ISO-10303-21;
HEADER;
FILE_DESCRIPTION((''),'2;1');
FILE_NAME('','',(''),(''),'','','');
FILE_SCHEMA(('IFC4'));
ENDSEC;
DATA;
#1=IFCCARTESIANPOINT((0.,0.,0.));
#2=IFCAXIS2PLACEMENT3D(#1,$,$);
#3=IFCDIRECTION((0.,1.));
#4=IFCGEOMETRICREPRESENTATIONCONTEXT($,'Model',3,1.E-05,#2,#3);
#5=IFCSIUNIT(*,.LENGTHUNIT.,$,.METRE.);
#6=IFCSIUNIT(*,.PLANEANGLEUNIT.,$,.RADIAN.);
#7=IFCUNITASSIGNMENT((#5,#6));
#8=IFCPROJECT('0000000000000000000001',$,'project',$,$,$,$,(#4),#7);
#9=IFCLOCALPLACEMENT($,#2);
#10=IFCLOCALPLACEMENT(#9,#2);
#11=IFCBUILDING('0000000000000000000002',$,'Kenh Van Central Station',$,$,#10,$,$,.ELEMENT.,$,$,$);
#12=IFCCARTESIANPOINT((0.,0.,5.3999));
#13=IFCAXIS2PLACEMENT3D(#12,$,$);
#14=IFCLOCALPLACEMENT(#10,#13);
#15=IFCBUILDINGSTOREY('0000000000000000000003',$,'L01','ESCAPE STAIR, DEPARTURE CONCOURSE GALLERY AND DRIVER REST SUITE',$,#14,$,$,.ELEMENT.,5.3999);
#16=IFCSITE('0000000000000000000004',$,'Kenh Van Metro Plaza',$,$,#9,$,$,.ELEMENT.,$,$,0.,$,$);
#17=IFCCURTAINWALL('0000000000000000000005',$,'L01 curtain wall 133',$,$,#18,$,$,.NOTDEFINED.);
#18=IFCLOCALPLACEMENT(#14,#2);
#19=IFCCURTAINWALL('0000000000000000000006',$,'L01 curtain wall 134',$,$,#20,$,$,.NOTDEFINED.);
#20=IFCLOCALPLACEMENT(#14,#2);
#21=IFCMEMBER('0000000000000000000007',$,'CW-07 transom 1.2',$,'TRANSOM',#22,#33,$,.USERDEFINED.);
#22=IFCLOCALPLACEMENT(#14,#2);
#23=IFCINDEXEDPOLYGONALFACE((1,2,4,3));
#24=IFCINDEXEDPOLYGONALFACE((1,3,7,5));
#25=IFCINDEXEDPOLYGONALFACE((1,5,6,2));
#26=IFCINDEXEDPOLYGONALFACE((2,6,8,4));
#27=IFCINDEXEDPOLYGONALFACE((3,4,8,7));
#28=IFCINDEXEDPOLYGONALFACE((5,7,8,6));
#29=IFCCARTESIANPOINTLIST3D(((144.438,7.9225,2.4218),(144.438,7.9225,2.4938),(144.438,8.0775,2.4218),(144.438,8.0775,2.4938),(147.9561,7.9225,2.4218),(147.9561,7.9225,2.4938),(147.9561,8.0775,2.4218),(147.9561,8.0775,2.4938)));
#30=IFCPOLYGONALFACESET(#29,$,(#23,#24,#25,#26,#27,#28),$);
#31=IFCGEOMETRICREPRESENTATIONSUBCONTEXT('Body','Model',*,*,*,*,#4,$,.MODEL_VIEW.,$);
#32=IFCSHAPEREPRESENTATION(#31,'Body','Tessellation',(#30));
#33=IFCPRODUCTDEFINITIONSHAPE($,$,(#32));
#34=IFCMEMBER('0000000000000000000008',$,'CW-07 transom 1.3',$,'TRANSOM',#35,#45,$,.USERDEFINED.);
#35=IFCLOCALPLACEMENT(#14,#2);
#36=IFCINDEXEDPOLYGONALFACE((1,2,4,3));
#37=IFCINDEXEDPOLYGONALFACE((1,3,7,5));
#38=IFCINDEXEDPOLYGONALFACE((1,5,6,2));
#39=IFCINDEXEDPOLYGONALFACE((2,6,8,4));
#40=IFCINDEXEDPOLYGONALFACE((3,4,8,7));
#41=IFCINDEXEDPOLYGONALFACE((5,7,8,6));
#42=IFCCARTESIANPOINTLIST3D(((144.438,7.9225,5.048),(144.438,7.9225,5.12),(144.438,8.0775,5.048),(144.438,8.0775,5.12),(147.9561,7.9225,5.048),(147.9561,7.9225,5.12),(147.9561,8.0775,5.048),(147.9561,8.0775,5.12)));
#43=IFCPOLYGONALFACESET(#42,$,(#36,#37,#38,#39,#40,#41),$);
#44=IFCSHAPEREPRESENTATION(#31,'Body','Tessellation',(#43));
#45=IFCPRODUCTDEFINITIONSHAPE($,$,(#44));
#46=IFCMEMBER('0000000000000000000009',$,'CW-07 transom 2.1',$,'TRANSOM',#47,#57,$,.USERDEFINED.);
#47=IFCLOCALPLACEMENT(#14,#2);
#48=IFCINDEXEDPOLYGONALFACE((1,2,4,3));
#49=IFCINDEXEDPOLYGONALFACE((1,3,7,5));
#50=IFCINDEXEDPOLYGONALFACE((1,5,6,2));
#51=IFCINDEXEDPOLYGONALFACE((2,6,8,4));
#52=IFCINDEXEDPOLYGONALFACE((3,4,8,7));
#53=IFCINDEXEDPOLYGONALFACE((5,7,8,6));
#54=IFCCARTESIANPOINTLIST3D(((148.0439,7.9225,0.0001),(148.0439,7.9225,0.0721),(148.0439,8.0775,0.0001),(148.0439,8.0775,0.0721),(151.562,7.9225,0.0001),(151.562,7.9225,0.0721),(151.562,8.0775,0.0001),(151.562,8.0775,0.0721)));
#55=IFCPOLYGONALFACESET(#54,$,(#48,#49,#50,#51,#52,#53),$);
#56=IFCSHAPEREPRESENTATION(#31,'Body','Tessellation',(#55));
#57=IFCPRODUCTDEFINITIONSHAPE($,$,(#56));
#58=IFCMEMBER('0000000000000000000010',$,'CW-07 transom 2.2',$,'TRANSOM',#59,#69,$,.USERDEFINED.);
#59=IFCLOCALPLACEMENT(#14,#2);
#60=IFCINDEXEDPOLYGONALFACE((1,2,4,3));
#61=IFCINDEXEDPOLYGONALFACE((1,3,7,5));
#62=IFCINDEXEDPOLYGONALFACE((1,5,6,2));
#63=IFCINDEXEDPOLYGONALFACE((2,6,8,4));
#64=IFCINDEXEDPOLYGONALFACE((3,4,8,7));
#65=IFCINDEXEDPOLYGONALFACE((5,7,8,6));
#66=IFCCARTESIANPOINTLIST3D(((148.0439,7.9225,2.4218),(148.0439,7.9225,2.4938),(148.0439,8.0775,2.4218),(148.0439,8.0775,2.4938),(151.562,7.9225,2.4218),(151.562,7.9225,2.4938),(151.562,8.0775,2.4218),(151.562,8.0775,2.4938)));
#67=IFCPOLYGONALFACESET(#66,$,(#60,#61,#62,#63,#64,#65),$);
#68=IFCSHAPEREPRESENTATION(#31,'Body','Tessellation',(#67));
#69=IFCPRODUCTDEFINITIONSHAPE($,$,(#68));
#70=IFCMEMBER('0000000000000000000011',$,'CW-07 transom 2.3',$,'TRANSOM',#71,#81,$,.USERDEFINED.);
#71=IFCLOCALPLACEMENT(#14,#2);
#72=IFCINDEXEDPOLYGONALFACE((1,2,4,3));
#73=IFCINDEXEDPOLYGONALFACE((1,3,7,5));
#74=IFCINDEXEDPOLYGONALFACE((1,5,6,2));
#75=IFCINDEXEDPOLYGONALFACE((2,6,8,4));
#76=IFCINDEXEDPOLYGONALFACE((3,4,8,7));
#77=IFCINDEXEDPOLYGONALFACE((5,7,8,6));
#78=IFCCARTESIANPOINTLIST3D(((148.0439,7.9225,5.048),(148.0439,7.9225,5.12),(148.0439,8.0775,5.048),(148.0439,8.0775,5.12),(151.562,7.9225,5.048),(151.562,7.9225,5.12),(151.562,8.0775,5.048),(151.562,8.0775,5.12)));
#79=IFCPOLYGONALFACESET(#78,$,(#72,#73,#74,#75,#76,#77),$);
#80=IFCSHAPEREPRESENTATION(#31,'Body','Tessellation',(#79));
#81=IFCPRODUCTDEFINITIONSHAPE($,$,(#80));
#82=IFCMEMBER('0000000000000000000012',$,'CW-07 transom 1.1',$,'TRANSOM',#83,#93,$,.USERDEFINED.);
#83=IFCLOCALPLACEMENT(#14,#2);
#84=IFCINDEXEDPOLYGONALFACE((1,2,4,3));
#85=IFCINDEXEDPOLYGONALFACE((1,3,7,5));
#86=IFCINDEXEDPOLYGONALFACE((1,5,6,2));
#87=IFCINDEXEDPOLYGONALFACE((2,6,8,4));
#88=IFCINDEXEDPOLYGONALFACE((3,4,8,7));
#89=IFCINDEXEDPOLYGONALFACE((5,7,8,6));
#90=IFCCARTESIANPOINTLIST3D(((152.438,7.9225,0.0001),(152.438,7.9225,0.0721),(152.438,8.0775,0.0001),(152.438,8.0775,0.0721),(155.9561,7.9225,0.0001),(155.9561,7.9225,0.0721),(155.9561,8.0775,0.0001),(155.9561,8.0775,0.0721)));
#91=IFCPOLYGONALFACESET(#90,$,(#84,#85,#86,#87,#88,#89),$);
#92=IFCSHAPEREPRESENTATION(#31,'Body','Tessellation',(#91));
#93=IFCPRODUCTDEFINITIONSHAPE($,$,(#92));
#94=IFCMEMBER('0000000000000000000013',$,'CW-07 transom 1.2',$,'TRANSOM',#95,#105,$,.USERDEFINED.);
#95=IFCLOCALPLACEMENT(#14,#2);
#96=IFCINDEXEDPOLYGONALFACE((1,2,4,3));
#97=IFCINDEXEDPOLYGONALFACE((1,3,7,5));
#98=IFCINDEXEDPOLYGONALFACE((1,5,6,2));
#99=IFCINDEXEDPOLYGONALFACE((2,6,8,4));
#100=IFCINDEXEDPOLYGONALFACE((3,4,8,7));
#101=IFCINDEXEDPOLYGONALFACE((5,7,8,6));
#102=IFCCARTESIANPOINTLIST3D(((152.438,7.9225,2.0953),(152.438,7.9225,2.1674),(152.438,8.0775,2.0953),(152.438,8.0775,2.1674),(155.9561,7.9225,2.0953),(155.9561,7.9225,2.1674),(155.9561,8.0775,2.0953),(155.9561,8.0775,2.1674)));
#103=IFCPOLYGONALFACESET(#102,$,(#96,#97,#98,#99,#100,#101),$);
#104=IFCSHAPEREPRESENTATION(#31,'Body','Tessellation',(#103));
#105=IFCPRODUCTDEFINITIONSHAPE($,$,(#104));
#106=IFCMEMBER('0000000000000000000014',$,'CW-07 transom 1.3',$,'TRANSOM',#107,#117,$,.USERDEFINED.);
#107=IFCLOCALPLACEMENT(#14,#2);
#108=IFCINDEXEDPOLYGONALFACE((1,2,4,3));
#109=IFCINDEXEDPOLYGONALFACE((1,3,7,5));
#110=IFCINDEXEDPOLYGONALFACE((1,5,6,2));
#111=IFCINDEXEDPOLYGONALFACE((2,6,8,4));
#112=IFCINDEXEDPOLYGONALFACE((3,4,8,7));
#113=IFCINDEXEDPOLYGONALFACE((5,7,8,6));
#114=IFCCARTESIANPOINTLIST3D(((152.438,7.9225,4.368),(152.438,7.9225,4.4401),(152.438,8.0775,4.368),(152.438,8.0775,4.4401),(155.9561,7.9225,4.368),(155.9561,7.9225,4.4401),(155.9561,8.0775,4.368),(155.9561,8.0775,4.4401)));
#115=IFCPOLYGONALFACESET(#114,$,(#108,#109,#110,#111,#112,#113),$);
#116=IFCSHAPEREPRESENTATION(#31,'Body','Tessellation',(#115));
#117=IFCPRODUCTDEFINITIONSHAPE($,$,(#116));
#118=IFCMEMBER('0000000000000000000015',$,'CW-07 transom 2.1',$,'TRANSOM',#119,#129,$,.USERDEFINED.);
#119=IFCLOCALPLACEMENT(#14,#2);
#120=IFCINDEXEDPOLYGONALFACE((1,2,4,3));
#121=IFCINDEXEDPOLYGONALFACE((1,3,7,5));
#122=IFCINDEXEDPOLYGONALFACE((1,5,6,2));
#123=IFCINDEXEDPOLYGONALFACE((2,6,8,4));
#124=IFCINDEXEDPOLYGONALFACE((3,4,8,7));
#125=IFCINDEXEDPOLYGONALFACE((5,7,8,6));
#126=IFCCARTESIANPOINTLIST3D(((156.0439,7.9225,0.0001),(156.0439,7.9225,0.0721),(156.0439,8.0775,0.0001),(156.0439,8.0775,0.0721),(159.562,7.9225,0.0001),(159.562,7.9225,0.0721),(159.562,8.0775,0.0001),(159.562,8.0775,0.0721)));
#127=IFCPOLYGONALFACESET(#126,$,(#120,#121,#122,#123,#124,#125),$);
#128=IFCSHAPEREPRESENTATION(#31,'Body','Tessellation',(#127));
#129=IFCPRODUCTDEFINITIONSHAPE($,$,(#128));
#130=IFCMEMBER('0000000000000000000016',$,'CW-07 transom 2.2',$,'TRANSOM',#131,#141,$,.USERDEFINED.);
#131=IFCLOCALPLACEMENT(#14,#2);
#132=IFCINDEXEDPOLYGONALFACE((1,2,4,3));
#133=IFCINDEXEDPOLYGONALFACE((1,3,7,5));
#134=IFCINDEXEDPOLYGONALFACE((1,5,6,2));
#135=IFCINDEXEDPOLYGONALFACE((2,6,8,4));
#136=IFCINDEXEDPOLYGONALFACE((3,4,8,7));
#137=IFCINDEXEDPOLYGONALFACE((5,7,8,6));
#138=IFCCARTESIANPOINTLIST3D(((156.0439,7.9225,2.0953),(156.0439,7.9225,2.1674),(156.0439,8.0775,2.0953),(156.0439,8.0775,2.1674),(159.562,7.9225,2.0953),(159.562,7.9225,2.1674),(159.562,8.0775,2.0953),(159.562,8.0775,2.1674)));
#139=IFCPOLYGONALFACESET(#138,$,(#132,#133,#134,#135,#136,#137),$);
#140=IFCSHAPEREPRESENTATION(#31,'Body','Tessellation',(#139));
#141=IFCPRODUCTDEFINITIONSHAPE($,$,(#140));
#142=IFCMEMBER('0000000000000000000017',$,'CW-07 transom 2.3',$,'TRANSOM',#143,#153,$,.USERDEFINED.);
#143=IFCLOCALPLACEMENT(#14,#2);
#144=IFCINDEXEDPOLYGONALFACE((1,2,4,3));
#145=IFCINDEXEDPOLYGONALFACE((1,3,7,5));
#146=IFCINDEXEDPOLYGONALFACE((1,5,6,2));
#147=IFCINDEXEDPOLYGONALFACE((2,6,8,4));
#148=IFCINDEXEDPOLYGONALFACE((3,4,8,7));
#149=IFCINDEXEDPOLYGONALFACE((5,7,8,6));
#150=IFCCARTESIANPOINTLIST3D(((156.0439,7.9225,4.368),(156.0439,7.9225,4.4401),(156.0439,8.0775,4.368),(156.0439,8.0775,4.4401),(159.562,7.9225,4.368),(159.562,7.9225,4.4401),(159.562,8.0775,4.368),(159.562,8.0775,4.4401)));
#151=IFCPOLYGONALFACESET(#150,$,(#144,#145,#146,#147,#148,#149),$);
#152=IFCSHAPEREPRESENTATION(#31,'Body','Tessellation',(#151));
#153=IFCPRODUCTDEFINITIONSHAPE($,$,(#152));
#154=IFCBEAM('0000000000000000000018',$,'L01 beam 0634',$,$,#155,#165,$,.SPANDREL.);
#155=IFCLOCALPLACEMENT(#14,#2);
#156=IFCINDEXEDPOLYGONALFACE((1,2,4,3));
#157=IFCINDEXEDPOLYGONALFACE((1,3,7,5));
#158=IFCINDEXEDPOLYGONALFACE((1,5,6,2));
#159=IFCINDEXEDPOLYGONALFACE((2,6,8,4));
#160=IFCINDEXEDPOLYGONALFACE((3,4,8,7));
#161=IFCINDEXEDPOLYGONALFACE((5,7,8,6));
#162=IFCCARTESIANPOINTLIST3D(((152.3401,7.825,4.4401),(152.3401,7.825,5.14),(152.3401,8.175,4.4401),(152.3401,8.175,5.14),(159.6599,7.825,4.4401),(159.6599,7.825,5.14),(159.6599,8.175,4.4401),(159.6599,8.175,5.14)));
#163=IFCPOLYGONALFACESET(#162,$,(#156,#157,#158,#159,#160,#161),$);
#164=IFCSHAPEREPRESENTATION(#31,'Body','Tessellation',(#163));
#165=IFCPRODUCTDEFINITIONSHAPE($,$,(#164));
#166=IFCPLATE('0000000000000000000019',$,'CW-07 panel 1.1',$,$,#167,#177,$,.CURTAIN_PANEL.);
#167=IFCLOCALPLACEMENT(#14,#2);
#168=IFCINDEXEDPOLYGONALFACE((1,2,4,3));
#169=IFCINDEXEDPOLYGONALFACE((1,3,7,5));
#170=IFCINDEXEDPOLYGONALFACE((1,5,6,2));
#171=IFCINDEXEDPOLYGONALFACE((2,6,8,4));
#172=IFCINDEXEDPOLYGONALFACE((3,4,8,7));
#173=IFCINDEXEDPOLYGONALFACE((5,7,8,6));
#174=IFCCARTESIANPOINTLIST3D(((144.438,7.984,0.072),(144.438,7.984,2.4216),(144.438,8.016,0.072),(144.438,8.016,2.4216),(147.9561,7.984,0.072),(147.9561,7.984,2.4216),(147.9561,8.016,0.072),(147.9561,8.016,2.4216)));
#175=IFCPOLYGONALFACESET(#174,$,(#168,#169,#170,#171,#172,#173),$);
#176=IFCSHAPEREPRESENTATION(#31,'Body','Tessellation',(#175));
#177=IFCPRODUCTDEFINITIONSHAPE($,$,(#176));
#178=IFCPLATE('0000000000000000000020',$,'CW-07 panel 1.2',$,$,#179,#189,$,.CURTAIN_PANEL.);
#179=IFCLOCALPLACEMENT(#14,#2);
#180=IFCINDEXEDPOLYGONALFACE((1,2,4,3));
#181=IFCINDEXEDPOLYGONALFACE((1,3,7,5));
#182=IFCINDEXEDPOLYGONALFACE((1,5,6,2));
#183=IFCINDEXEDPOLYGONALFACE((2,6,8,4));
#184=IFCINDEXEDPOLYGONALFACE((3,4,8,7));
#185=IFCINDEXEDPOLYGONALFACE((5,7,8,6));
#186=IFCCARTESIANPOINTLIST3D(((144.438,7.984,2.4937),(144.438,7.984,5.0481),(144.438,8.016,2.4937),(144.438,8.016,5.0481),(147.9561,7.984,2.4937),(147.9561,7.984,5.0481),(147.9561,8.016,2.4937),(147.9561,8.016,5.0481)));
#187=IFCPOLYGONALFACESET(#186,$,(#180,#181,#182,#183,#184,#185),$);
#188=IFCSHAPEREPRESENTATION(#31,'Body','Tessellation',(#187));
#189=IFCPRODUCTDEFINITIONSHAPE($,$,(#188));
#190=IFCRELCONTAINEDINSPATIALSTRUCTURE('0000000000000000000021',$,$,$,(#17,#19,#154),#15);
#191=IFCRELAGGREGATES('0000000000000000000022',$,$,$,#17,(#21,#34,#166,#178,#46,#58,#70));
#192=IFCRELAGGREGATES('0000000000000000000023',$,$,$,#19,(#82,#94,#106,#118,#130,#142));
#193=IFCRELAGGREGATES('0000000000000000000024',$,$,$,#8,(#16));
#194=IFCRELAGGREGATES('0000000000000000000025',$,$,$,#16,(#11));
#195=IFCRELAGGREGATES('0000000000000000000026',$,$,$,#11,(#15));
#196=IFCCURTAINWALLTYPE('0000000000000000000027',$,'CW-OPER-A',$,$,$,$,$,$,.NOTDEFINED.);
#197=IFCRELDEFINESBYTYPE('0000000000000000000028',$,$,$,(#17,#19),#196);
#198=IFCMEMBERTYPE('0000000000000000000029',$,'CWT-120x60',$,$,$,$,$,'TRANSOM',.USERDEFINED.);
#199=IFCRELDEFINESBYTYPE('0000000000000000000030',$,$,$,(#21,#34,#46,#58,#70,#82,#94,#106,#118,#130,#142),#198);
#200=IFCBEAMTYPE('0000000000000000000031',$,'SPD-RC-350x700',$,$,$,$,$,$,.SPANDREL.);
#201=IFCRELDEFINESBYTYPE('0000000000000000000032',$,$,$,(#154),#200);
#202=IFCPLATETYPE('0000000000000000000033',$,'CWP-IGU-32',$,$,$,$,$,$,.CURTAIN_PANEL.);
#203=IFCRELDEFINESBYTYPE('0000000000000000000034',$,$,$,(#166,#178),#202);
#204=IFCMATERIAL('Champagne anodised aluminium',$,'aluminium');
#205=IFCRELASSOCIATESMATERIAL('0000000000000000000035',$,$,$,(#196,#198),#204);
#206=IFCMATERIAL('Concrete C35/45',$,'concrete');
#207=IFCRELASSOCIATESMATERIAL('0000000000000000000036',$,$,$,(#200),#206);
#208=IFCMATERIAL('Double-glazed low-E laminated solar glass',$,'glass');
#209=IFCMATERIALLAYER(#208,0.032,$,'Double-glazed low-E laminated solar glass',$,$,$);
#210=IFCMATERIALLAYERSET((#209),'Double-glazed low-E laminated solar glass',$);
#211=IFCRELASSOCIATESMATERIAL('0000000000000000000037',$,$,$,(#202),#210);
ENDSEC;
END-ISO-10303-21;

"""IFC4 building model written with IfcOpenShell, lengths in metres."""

from ifc_helpers import new_model, si_unit, direction, frame, origin, origin_2d, place, context, subcontext, project, spatial, rectangle, extrude, material, layer, layer_set, material_profile, profile_set, type_object, element, aggregate, save


model = new_model("IFC4")

# Units and contexts
model_context = context("Model", 3, precision=1e-05, world=origin(), true_north=direction((0.0, 1.0)))
body_context = subcontext(model_context, "Body", "Model", "MODEL_VIEW")
ifc_project = project(units=[si_unit("LENGTHUNIT", "METRE"), si_unit("PLANEANGLEUNIT", "RADIAN")], contexts=[model_context])

# Site, building, storey
site_placement = place(None, origin())
site = spatial("IfcSite", under=ifc_project, at=site_placement, Name="Kenh Van Metro Plaza", CompositionType="ELEMENT", RefElevation=0.0)
building_placement = place(site_placement, origin())
building = spatial("IfcBuilding", under=site, at=building_placement, Name="Kenh Van Central Station", CompositionType="ELEMENT")
storey_placement = place(building_placement, frame((0.0, 0.0, 5.3999)))
storey = spatial("IfcBuildingStorey", under=building, at=storey_placement, Name="L01", Description="ESCAPE STAIR, DEPARTURE CONCOURSE GALLERY AND DRIVER REST SUITE", CompositionType="ELEMENT", Elevation=5.3999)

# Shared definitions
ifc_material_1 = material(Name="Concrete C35/45", Category="concrete")

# Curtain walls
ifc_material_2 = material(Name="Champagne anodised aluminium", Category="aluminium")
curtain_wall_type = type_object("IfcCurtainWallType", Name="CW-OPER-A", PredefinedType="NOTDEFINED", material=ifc_material_2)
curtain_wall_1_placement = place(storey_placement, origin())
curtain_wall_1 = element("IfcCurtainWall", 1, at=curtain_wall_1_placement, inside=storey, type_object=curtain_wall_type, Name="L01 curtain wall 133", PredefinedType="NOTDEFINED")
curtain_wall_2_placement = place(storey_placement, origin())
curtain_wall_2 = element("IfcCurtainWall", 2, at=curtain_wall_2_placement, inside=storey, type_object=curtain_wall_type, Name="L01 curtain wall 134", PredefinedType="NOTDEFINED")

# Members
ifc_material_profile_1 = material_profile(ifc_material_2, rectangle(XDim=0.155, YDim=0.072, at=origin_2d()), Name="AL 155x72")
ifc_profile_set_1 = profile_set([ifc_material_profile_1], Name="Champagne anodised aluminium")
member_type_1 = type_object("IfcMemberType", Name="CWT-120x60", ElementType="TRANSOM", PredefinedType="USERDEFINED", material=ifc_profile_set_1)
member_1_placement = place(storey_placement, frame((144.438, 8.0, 2.4578), z_axis=(1.0, 0.0, 0.0), x_axis=(0.0, 1.0, 0.0)))
member_1 = element("IfcMember", 3, at=member_1_placement, type_object=member_type_1, Name="CW-07 transom 1.2", ObjectType="TRANSOM", PredefinedType="USERDEFINED", context=body_context, shape_type="SweptSolid", body=[
    extrude(rectangle(XDim=0.155, YDim=0.072, at=origin_2d()), origin(), (0.0, 0.0, 1.0), 3.5181),
])
member_2_placement = place(storey_placement, frame((144.438, 8.0, 5.084), z_axis=(1.0, 0.0, 0.0), x_axis=(0.0, 1.0, 0.0)))
member_2 = element("IfcMember", 4, at=member_2_placement, type_object=member_type_1, Name="CW-07 transom 1.3", ObjectType="TRANSOM", PredefinedType="USERDEFINED", context=body_context, shape_type="SweptSolid", body=[
    extrude(rectangle(XDim=0.155, YDim=0.072, at=origin_2d()), origin(), (0.0, 0.0, 1.0), 3.5181),
])
member_3_placement = place(storey_placement, frame((148.0439, 8.0, 0.0361), z_axis=(1.0, 0.0, 0.0), x_axis=(0.0, 1.0, 0.0)))
member_3 = element("IfcMember", 5, at=member_3_placement, type_object=member_type_1, Name="CW-07 transom 2.1", ObjectType="TRANSOM", PredefinedType="USERDEFINED", context=body_context, shape_type="SweptSolid", body=[
    extrude(rectangle(XDim=0.155, YDim=0.072, at=origin_2d()), origin(), (0.0, 0.0, 1.0), 3.5181),
])
member_4_placement = place(storey_placement, frame((148.0439, 8.0, 2.4578), z_axis=(1.0, 0.0, 0.0), x_axis=(0.0, 1.0, 0.0)))
member_4 = element("IfcMember", 6, at=member_4_placement, type_object=member_type_1, Name="CW-07 transom 2.2", ObjectType="TRANSOM", PredefinedType="USERDEFINED", context=body_context, shape_type="SweptSolid", body=[
    extrude(rectangle(XDim=0.155, YDim=0.072, at=origin_2d()), origin(), (0.0, 0.0, 1.0), 3.5181),
])
member_5_placement = place(storey_placement, frame((148.0439, 8.0, 5.084), z_axis=(1.0, 0.0, 0.0), x_axis=(0.0, 1.0, 0.0)))
member_5 = element("IfcMember", 7, at=member_5_placement, type_object=member_type_1, Name="CW-07 transom 2.3", ObjectType="TRANSOM", PredefinedType="USERDEFINED", context=body_context, shape_type="SweptSolid", body=[
    extrude(rectangle(XDim=0.155, YDim=0.072, at=origin_2d()), origin(), (0.0, 0.0, 1.0), 3.5181),
])
member_6_placement = place(storey_placement, frame((152.438, 8.0, 0.0361), z_axis=(1.0, 0.0, 0.0), x_axis=(0.0, 1.0, 0.0)))
member_6 = element("IfcMember", 8, at=member_6_placement, type_object=member_type_1, Name="CW-07 transom 1.1", ObjectType="TRANSOM", PredefinedType="USERDEFINED", context=body_context, shape_type="SweptSolid", body=[
    extrude(rectangle(XDim=0.155, YDim=0.072, at=origin_2d()), origin(), (0.0, 0.0, 1.0), 3.5181),
])
member_7_placement = place(storey_placement, frame((152.438, 8.0, 2.1313), z_axis=(1.0, 0.0, 0.0), x_axis=(0.0, 1.0, 0.0)))
member_7 = element("IfcMember", 9, at=member_7_placement, type_object=member_type_1, Name="CW-07 transom 1.2", ObjectType="TRANSOM", PredefinedType="USERDEFINED", context=body_context, shape_type="SweptSolid", body=[
    extrude(rectangle(XDim=0.155, YDim=0.072, at=origin_2d()), origin(), (0.0, 0.0, 1.0), 3.5181),
])
member_8_placement = place(storey_placement, frame((152.438, 8.0, 4.4041), z_axis=(1.0, 0.0, 0.0), x_axis=(0.0, 1.0, 0.0)))
member_8 = element("IfcMember", 10, at=member_8_placement, type_object=member_type_1, Name="CW-07 transom 1.3", ObjectType="TRANSOM", PredefinedType="USERDEFINED", context=body_context, shape_type="SweptSolid", body=[
    extrude(rectangle(XDim=0.155, YDim=0.072, at=origin_2d()), origin(), (0.0, 0.0, 1.0), 3.5181),
])
member_9_placement = place(storey_placement, frame((156.0439, 8.0, 0.0361), z_axis=(1.0, 0.0, 0.0), x_axis=(0.0, 1.0, 0.0)))
member_9 = element("IfcMember", 11, at=member_9_placement, type_object=member_type_1, Name="CW-07 transom 2.1", ObjectType="TRANSOM", PredefinedType="USERDEFINED", context=body_context, shape_type="SweptSolid", body=[
    extrude(rectangle(XDim=0.155, YDim=0.072, at=origin_2d()), origin(), (0.0, 0.0, 1.0), 3.5181),
])
member_10_placement = place(storey_placement, frame((156.0439, 8.0, 2.1313), z_axis=(1.0, 0.0, 0.0), x_axis=(0.0, 1.0, 0.0)))
member_10 = element("IfcMember", 12, at=member_10_placement, type_object=member_type_1, Name="CW-07 transom 2.2", ObjectType="TRANSOM", PredefinedType="USERDEFINED", context=body_context, shape_type="SweptSolid", body=[
    extrude(rectangle(XDim=0.155, YDim=0.072, at=origin_2d()), origin(), (0.0, 0.0, 1.0), 3.5181),
])
member_11_placement = place(storey_placement, frame((156.0439, 8.0, 4.4041), z_axis=(1.0, 0.0, 0.0), x_axis=(0.0, 1.0, 0.0)))
member_11 = element("IfcMember", 13, at=member_11_placement, type_object=member_type_1, Name="CW-07 transom 2.3", ObjectType="TRANSOM", PredefinedType="USERDEFINED", context=body_context, shape_type="SweptSolid", body=[
    extrude(rectangle(XDim=0.155, YDim=0.072, at=origin_2d()), origin(), (0.0, 0.0, 1.0), 3.5181),
])

# Beam
ifc_material_profile_2 = material_profile(ifc_material_1, rectangle(XDim=0.3501, YDim=0.7, at=origin_2d()), Name="RC 350x700")
ifc_profile_set_2 = profile_set([ifc_material_profile_2], Name="Concrete C35/45")
beam_type_1 = type_object("IfcBeamType", Name="SPD-RC-350x700", PredefinedType="SPANDREL", material=ifc_profile_set_2)
beam_1_placement = place(storey_placement, frame((152.3401, 8.0, 4.79), z_axis=(1.0, 0.0, 0.0), x_axis=(0.0, 1.0, 0.0)))
element("IfcBeam", 14, at=beam_1_placement, inside=storey, type_object=beam_type_1, Name="L01 beam 0634", PredefinedType="SPANDREL", context=body_context, shape_type="SweptSolid", body=[
    extrude(rectangle(XDim=0.3501, YDim=0.7, at=origin_2d()), origin(), (0.0, 0.0, 1.0), 7.3198),
])

# Plates
ifc_material_3 = material(Name="Double-glazed low-E laminated solar glass", Category="glass")
ifc_layer_1 = layer(ifc_material_3, 0.032, Name="Double-glazed low-E laminated solar glass")
ifc_layer_set_1 = layer_set([ifc_layer_1], Name="Double-glazed low-E laminated solar glass")
plate_type = type_object("IfcPlateType", Name="CWP-IGU-32", PredefinedType="CURTAIN_PANEL", material=ifc_layer_set_1)
plate_1_placement = place(storey_placement, frame((146.197, 8.0, 0.072), z_axis=(0.0, 0.0, 1.0), x_axis=(1.0, 0.0, 0.0)))
plate_1 = element("IfcPlate", 15, at=plate_1_placement, type_object=plate_type, Name="CW-07 panel 1.1", PredefinedType="CURTAIN_PANEL", context=body_context, shape_type="SweptSolid", body=[
    extrude(rectangle(XDim=3.5181, YDim=0.032, at=origin_2d()), origin(), (0.0, 0.0, 1.0), 2.3496),
])
plate_2_placement = place(storey_placement, frame((146.197, 8.0, 2.4937), z_axis=(0.0, 0.0, 1.0), x_axis=(1.0, 0.0, 0.0)))
plate_2 = element("IfcPlate", 16, at=plate_2_placement, type_object=plate_type, Name="CW-07 panel 1.2", PredefinedType="CURTAIN_PANEL", context=body_context, shape_type="SweptSolid", body=[
    extrude(rectangle(XDim=3.5181, YDim=0.032, at=origin_2d()), origin(), (0.0, 0.0, 1.0), 2.5544),
])
aggregate(curtain_wall_1, [member_1, member_2, plate_1, plate_2, member_3, member_4, member_5])
aggregate(curtain_wall_2, [member_6, member_7, member_8, member_9, member_10, member_11])

save(model, "model.ifc")
